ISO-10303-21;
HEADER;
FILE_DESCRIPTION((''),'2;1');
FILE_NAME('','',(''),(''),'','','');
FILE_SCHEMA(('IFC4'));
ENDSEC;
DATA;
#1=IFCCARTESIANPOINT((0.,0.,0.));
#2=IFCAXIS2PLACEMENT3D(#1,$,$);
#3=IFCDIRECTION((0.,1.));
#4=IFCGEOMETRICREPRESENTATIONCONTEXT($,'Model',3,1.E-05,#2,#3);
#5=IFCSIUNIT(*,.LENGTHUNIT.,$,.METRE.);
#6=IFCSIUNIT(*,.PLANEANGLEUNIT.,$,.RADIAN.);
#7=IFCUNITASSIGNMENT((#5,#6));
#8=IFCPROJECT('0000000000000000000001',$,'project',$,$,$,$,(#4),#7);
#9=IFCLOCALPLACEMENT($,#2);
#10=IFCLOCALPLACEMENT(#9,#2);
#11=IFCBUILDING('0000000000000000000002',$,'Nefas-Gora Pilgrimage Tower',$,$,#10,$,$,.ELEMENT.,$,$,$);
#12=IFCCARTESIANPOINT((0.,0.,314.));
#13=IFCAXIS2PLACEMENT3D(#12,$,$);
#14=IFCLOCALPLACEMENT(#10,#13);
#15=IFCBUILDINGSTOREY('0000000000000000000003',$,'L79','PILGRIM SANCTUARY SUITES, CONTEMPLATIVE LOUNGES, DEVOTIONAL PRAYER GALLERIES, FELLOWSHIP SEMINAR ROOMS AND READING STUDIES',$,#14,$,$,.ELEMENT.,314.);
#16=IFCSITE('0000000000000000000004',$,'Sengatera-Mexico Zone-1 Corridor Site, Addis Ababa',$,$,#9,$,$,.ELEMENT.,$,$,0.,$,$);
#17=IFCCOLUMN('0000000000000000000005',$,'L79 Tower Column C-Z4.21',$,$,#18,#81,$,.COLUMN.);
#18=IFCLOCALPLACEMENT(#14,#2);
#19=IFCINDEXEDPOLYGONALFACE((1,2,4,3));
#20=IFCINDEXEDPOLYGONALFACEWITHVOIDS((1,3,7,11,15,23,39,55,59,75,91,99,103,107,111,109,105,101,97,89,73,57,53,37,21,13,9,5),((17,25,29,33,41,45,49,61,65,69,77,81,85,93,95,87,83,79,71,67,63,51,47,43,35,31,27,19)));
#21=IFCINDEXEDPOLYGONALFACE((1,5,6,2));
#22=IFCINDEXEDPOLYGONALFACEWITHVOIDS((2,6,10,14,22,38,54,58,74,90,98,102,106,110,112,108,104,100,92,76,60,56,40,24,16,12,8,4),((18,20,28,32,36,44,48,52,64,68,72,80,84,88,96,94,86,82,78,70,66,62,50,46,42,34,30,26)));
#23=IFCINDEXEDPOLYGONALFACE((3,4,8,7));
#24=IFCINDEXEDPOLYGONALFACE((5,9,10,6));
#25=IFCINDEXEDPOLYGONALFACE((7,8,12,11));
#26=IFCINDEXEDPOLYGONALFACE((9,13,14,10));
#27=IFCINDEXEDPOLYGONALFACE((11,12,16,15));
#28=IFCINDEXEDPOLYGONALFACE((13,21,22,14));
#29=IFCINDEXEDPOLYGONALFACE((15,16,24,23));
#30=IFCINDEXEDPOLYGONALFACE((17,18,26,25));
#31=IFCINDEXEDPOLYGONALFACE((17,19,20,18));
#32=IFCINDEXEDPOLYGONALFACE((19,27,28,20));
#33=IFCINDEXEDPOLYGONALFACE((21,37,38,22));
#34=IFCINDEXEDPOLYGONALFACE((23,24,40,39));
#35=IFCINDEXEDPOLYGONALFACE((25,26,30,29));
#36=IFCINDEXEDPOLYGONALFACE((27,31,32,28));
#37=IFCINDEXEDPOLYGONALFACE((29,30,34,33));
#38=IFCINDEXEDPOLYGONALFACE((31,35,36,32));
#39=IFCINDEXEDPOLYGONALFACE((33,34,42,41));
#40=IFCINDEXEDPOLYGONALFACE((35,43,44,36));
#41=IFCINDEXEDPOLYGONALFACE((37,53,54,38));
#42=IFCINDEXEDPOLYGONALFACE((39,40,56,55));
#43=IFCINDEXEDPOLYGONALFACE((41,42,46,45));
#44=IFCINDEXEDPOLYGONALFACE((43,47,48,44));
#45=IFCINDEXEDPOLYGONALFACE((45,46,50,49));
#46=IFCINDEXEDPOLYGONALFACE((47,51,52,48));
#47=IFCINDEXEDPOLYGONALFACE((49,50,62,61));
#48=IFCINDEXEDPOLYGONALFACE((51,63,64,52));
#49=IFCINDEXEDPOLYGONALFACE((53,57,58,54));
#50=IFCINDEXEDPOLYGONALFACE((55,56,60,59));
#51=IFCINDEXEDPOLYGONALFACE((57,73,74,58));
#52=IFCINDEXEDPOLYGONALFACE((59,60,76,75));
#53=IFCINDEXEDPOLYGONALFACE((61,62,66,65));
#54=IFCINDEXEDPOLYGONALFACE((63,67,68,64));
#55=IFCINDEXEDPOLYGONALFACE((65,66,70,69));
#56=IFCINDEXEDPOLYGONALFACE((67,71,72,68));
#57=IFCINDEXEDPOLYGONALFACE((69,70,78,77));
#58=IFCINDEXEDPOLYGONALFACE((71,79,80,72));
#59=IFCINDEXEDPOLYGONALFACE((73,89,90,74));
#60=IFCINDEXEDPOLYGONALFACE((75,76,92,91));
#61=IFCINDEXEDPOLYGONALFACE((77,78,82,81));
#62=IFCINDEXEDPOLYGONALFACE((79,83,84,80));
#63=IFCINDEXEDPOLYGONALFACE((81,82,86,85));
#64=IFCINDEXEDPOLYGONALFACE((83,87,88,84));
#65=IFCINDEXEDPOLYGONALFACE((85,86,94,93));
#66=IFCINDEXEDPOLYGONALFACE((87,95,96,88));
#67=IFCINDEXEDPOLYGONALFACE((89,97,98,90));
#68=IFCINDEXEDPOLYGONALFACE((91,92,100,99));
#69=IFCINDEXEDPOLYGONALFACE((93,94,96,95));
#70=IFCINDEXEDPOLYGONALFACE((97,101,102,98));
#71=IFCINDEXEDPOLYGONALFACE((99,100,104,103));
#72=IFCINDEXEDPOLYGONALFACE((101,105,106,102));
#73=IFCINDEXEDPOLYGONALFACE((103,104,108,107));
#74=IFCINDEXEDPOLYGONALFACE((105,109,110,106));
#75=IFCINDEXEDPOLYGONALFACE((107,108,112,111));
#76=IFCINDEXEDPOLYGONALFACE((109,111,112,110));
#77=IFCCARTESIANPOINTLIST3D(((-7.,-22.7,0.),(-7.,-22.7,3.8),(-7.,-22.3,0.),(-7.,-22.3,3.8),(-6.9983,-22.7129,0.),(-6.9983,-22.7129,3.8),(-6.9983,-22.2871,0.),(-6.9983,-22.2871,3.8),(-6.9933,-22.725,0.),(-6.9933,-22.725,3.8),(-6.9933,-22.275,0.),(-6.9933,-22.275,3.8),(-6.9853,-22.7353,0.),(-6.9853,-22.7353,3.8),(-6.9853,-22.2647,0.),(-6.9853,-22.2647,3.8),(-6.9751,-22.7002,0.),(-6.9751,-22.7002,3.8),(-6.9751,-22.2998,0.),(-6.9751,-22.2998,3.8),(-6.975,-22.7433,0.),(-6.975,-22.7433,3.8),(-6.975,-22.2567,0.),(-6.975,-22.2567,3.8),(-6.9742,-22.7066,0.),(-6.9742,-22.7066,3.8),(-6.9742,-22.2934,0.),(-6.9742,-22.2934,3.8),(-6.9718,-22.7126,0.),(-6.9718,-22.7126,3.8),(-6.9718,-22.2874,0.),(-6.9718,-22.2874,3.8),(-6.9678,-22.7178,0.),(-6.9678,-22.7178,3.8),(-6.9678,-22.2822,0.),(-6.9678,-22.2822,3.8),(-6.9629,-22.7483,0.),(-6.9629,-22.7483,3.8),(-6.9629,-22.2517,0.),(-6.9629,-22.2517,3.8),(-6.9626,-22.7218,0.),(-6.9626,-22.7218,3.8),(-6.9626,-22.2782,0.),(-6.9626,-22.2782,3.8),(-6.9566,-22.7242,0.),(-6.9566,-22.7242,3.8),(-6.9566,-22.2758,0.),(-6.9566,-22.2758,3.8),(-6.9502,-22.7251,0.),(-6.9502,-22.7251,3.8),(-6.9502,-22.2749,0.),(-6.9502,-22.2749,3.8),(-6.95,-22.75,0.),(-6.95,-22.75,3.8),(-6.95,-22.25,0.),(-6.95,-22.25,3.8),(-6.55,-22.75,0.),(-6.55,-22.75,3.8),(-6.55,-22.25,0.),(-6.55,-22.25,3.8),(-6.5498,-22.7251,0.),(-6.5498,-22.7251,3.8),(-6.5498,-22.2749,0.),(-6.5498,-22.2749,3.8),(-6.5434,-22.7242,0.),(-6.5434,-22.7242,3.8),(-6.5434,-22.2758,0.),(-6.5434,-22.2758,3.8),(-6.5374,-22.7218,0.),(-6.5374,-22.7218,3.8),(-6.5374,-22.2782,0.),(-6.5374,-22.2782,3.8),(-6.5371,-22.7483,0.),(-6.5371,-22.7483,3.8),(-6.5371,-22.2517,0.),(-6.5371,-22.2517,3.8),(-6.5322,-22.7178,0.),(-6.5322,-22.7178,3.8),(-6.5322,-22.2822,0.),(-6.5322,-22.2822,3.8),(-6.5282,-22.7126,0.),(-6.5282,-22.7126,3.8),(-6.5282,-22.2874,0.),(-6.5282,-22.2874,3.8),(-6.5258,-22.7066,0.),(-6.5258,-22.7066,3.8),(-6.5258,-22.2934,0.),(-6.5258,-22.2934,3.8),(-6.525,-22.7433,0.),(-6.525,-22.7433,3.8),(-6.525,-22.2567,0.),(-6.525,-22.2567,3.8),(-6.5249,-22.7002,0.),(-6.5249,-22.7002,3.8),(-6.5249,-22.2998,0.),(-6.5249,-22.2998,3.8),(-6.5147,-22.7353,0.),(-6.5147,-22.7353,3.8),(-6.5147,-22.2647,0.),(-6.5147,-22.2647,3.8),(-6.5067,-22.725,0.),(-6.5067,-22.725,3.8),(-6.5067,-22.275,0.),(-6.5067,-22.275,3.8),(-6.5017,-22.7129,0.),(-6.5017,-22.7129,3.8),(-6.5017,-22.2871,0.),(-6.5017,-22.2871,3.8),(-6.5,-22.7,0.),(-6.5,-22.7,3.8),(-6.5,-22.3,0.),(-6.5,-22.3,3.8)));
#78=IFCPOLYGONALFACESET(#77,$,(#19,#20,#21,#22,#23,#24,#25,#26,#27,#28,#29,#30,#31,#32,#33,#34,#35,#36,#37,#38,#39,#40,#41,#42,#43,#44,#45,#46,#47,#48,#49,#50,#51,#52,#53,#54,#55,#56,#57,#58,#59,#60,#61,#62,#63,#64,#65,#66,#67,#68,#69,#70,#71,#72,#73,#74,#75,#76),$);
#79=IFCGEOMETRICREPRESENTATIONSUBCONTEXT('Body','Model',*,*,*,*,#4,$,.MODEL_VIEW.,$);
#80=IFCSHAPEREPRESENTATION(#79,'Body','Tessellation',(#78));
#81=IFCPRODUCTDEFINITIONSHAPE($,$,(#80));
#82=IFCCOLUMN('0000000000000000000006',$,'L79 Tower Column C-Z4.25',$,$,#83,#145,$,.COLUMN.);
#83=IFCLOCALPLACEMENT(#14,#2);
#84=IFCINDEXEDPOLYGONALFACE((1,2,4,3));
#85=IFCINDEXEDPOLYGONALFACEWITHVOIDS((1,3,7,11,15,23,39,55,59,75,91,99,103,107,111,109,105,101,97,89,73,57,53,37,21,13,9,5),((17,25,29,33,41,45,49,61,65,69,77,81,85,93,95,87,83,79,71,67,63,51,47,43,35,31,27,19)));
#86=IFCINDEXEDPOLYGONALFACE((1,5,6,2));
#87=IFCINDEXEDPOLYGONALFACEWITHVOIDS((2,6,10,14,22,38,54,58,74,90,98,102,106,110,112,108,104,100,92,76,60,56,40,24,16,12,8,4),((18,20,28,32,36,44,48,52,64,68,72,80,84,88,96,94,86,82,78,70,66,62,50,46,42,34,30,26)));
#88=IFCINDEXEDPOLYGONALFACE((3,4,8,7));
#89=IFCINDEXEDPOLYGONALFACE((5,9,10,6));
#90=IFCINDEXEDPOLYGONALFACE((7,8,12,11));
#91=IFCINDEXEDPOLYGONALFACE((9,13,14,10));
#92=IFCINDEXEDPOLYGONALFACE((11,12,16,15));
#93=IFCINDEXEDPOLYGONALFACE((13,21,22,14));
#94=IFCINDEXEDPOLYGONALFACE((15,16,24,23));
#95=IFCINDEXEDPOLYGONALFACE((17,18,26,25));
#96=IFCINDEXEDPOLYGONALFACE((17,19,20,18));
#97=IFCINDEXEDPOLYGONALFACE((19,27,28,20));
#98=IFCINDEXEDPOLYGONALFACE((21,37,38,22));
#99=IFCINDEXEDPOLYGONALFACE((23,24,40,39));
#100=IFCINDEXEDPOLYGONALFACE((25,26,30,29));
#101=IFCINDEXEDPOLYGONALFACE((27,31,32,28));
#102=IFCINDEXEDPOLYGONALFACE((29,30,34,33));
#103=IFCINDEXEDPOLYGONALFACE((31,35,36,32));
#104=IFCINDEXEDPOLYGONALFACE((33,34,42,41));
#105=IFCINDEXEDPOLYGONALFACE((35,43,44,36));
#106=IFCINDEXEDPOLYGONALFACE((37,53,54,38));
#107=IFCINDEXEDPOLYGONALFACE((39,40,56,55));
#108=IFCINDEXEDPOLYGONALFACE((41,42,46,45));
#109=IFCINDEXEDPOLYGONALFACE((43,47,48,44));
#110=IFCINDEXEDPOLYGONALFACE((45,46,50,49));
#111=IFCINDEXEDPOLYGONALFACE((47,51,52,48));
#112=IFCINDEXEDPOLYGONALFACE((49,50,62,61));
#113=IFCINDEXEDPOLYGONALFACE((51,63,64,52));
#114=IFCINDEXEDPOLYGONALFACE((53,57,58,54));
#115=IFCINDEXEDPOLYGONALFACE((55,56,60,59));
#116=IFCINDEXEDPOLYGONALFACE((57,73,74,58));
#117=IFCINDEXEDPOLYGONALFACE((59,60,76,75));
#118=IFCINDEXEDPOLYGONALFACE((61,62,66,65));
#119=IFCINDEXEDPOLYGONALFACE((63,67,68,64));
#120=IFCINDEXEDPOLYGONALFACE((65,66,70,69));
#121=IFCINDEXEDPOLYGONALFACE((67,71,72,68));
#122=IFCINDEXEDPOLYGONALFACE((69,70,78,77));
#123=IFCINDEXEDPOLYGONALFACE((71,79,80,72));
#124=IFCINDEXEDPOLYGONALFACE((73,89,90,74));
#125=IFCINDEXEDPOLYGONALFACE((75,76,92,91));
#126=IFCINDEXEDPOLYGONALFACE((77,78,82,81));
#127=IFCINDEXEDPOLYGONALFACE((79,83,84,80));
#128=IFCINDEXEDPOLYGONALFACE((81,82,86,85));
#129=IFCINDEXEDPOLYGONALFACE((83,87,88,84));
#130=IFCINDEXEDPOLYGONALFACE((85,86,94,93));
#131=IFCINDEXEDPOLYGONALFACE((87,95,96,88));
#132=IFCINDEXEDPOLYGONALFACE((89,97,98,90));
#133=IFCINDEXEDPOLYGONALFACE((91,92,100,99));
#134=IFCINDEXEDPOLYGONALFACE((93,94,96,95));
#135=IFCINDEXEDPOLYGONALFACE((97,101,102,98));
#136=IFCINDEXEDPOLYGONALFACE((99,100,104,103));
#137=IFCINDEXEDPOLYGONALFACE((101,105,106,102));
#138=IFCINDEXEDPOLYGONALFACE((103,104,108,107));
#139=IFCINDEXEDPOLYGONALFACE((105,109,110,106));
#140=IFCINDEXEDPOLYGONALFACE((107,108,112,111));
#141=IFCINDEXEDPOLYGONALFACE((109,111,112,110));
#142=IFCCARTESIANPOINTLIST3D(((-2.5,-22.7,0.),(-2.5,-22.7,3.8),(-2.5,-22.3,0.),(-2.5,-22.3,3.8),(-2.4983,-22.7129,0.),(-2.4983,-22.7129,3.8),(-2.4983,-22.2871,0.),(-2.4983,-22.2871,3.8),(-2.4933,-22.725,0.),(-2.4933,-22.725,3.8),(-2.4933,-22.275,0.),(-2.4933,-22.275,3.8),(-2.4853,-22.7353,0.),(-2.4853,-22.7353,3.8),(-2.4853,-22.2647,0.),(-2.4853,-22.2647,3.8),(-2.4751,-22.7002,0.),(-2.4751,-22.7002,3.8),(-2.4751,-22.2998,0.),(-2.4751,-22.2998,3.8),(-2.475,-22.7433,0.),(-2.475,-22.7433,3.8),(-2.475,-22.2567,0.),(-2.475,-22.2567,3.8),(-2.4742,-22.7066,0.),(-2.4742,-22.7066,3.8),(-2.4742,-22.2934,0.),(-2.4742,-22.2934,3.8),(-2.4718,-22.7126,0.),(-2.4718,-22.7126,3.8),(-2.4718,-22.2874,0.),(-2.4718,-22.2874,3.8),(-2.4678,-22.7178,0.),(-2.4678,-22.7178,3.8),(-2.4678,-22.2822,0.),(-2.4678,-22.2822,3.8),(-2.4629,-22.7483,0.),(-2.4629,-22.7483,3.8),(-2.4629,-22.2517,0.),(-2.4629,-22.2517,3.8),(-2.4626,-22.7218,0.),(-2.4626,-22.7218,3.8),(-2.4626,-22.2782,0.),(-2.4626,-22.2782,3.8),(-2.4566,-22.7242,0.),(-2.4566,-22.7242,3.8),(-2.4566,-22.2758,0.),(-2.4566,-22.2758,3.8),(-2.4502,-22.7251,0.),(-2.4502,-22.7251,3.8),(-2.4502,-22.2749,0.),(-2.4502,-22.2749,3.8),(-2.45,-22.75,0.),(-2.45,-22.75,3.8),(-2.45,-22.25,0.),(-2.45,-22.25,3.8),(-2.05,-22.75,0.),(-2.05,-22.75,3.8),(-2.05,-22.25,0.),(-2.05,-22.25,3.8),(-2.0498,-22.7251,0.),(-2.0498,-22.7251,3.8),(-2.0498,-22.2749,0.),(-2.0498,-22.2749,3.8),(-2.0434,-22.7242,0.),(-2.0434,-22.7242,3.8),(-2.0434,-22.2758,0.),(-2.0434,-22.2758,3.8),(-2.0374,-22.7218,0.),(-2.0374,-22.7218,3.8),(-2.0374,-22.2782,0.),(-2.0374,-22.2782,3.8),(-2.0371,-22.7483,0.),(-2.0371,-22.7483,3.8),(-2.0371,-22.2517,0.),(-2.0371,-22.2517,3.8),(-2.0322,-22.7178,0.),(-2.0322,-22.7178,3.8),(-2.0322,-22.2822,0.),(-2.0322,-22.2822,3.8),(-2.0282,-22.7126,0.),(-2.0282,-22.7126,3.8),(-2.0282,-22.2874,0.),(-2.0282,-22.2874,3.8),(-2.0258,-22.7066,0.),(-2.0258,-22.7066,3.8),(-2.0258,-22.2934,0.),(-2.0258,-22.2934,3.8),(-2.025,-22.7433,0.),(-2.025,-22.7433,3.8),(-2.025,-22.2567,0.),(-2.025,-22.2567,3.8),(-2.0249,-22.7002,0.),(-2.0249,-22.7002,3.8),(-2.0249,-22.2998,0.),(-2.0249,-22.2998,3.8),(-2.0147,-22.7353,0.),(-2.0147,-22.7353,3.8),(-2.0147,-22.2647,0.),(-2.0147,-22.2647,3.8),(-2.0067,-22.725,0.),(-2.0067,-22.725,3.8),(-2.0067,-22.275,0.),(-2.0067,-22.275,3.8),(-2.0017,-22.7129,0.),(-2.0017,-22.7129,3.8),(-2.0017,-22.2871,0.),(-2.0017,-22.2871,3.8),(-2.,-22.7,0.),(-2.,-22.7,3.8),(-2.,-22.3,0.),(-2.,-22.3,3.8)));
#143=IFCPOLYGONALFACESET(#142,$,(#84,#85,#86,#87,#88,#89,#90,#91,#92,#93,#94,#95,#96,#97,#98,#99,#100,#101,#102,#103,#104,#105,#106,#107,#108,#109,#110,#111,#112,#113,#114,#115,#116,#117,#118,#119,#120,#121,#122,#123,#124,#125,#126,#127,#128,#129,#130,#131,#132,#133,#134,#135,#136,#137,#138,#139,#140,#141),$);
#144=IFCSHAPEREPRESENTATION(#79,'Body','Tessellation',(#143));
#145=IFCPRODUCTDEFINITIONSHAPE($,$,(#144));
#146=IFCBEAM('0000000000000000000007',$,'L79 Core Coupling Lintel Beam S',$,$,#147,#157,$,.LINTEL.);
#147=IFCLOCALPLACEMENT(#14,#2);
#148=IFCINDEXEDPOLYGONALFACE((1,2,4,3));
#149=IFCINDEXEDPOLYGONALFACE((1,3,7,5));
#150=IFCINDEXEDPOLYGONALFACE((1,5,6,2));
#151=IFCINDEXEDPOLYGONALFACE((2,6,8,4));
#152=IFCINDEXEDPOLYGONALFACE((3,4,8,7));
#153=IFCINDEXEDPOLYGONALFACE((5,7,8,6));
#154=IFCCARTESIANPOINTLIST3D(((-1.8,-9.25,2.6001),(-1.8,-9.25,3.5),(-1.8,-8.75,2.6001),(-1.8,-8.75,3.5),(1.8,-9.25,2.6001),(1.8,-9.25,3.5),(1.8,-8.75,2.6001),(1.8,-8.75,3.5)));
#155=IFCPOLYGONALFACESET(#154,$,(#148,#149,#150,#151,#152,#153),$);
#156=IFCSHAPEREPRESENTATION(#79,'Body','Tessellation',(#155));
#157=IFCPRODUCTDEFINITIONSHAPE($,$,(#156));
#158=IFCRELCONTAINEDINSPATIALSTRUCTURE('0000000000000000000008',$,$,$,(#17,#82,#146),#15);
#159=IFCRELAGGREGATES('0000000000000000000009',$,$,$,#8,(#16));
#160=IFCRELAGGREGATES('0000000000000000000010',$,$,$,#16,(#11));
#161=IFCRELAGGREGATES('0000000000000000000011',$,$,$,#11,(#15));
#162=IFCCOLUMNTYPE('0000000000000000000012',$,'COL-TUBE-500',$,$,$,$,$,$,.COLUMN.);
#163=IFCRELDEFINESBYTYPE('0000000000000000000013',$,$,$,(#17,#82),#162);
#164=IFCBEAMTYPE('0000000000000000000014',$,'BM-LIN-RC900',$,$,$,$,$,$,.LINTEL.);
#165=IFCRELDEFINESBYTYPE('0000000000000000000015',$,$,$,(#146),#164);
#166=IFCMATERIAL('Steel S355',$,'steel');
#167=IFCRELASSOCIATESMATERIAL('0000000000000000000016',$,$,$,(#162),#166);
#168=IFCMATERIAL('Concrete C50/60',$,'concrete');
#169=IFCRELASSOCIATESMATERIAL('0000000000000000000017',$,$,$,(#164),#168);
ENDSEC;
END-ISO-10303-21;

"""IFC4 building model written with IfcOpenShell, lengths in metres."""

from ifc_helpers import new_model, si_unit, direction, frame, origin, origin_2d, place, context, subcontext, project, spatial, rectangle, hollow_rectangle, extrude, source, transform, mapped, material, material_profile, profile_set, type_object, element, save


model = new_model("IFC4")

# Units and contexts
model_context = context("Model", 3, precision=1e-05, world=origin(), true_north=direction((0.0, 1.0)))
body_context = subcontext(model_context, "Body", "Model", "MODEL_VIEW")
ifc_project = project(units=[si_unit("LENGTHUNIT", "METRE"), si_unit("PLANEANGLEUNIT", "RADIAN")], contexts=[model_context])

# Site, building, storey
site_placement = place(None, origin())
site = spatial("IfcSite", under=ifc_project, at=site_placement, Name="Sengatera-Mexico Zone-1 Corridor Site, Addis Ababa", CompositionType="ELEMENT", RefElevation=0.0)
building_placement = place(site_placement, origin())
building = spatial("IfcBuilding", under=site, at=building_placement, Name="Nefas-Gora Pilgrimage Tower", CompositionType="ELEMENT")
storey_placement = place(building_placement, frame((0.0, 0.0, 314.0)))
storey = spatial("IfcBuildingStorey", under=building, at=storey_placement, Name="L79", Description="PILGRIM SANCTUARY SUITES, CONTEMPLATIVE LOUNGES, DEVOTIONAL PRAYER GALLERIES, FELLOWSHIP SEMINAR ROOMS AND READING STUDIES", CompositionType="ELEMENT", Elevation=314.0)

# Columns
ifc_material_1 = material(Name="Steel S355", Category="steel")
ifc_material_profile_1 = material_profile(ifc_material_1, hollow_rectangle(XDim=0.5, YDim=0.5, WallThickness=0.0249, InnerFilletRadius=0.0249, OuterFilletRadius=0.05, at=origin_2d()), Name="SHS 500x500x25")
ifc_profile_set_1 = profile_set([ifc_material_profile_1], Name="Steel S355")
column_type_1 = type_object("IfcColumnType", Name="COL-TUBE-500", PredefinedType="COLUMN", material=ifc_profile_set_1)
shared_shape_1 = source(origin(), body_context, "Body", "SweptSolid", [
    extrude(hollow_rectangle(XDim=0.5, YDim=0.5, WallThickness=0.0249, InnerFilletRadius=0.0249, OuterFilletRadius=0.05, at=origin_2d()), origin(), (0.0, 0.0, 1.0), 3.8),
])
for number, where, z_axis, x_axis, name in (
    (1, (-6.75, -22.5, 0.0), (0.0, 0.0, 1.0), (1.0, 0.0, 0.0), "L79 Tower Column C-Z4.21"),
    (2, (-2.25, -22.5, 0.0), (0.0, 0.0, 1.0), (1.0, 0.0, 0.0), "L79 Tower Column C-Z4.25"),
):
    element("IfcColumn", number, at=place(storey_placement, frame(where, z_axis=z_axis, x_axis=x_axis)), inside=storey, type_object=column_type_1, Name=name, PredefinedType="COLUMN", context=body_context, shape_type="MappedRepresentation", body=[
        mapped(shared_shape_1, transform((0.0, 0.0, 0.0), x_axis=(1.0, 0.0, 0.0), y_axis=(0.0, 1.0, 0.0), z_axis=(0.0, 0.0, 1.0), scale=1.0)),
    ])

# Beam
ifc_material_2 = material(Name="Concrete C50/60", Category="concrete")
ifc_material_profile_2 = material_profile(ifc_material_2, rectangle(XDim=0.5, YDim=0.8999, at=origin_2d()), Name="RC 500x900")
ifc_profile_set_2 = profile_set([ifc_material_profile_2], Name="Concrete C50/60")
beam_type_1 = type_object("IfcBeamType", Name="BM-LIN-RC900", PredefinedType="LINTEL", material=ifc_profile_set_2)
shared_shape_2 = source(origin(), body_context, "Body", "SweptSolid", [
    extrude(rectangle(XDim=0.5, YDim=0.8999, at=origin_2d()), origin(), (0.0, 0.0, 1.0), 3.6001),
])
beam_placement = place(storey_placement, frame((-1.8, -9.0, 3.05), z_axis=(1.0, 0.0, 0.0), x_axis=(0.0, 1.0, 0.0)))
element("IfcBeam", 3, at=beam_placement, inside=storey, type_object=beam_type_1, Name="L79 Core Coupling Lintel Beam S", PredefinedType="LINTEL", context=body_context, shape_type="MappedRepresentation", body=[
    mapped(shared_shape_2, transform((0.0, 0.0, 0.0), x_axis=(1.0, 0.0, 0.0), y_axis=(0.0, 1.0, 0.0), z_axis=(0.0, 0.0, 1.0), scale=1.0)),
])

save(model, "model.ifc")
